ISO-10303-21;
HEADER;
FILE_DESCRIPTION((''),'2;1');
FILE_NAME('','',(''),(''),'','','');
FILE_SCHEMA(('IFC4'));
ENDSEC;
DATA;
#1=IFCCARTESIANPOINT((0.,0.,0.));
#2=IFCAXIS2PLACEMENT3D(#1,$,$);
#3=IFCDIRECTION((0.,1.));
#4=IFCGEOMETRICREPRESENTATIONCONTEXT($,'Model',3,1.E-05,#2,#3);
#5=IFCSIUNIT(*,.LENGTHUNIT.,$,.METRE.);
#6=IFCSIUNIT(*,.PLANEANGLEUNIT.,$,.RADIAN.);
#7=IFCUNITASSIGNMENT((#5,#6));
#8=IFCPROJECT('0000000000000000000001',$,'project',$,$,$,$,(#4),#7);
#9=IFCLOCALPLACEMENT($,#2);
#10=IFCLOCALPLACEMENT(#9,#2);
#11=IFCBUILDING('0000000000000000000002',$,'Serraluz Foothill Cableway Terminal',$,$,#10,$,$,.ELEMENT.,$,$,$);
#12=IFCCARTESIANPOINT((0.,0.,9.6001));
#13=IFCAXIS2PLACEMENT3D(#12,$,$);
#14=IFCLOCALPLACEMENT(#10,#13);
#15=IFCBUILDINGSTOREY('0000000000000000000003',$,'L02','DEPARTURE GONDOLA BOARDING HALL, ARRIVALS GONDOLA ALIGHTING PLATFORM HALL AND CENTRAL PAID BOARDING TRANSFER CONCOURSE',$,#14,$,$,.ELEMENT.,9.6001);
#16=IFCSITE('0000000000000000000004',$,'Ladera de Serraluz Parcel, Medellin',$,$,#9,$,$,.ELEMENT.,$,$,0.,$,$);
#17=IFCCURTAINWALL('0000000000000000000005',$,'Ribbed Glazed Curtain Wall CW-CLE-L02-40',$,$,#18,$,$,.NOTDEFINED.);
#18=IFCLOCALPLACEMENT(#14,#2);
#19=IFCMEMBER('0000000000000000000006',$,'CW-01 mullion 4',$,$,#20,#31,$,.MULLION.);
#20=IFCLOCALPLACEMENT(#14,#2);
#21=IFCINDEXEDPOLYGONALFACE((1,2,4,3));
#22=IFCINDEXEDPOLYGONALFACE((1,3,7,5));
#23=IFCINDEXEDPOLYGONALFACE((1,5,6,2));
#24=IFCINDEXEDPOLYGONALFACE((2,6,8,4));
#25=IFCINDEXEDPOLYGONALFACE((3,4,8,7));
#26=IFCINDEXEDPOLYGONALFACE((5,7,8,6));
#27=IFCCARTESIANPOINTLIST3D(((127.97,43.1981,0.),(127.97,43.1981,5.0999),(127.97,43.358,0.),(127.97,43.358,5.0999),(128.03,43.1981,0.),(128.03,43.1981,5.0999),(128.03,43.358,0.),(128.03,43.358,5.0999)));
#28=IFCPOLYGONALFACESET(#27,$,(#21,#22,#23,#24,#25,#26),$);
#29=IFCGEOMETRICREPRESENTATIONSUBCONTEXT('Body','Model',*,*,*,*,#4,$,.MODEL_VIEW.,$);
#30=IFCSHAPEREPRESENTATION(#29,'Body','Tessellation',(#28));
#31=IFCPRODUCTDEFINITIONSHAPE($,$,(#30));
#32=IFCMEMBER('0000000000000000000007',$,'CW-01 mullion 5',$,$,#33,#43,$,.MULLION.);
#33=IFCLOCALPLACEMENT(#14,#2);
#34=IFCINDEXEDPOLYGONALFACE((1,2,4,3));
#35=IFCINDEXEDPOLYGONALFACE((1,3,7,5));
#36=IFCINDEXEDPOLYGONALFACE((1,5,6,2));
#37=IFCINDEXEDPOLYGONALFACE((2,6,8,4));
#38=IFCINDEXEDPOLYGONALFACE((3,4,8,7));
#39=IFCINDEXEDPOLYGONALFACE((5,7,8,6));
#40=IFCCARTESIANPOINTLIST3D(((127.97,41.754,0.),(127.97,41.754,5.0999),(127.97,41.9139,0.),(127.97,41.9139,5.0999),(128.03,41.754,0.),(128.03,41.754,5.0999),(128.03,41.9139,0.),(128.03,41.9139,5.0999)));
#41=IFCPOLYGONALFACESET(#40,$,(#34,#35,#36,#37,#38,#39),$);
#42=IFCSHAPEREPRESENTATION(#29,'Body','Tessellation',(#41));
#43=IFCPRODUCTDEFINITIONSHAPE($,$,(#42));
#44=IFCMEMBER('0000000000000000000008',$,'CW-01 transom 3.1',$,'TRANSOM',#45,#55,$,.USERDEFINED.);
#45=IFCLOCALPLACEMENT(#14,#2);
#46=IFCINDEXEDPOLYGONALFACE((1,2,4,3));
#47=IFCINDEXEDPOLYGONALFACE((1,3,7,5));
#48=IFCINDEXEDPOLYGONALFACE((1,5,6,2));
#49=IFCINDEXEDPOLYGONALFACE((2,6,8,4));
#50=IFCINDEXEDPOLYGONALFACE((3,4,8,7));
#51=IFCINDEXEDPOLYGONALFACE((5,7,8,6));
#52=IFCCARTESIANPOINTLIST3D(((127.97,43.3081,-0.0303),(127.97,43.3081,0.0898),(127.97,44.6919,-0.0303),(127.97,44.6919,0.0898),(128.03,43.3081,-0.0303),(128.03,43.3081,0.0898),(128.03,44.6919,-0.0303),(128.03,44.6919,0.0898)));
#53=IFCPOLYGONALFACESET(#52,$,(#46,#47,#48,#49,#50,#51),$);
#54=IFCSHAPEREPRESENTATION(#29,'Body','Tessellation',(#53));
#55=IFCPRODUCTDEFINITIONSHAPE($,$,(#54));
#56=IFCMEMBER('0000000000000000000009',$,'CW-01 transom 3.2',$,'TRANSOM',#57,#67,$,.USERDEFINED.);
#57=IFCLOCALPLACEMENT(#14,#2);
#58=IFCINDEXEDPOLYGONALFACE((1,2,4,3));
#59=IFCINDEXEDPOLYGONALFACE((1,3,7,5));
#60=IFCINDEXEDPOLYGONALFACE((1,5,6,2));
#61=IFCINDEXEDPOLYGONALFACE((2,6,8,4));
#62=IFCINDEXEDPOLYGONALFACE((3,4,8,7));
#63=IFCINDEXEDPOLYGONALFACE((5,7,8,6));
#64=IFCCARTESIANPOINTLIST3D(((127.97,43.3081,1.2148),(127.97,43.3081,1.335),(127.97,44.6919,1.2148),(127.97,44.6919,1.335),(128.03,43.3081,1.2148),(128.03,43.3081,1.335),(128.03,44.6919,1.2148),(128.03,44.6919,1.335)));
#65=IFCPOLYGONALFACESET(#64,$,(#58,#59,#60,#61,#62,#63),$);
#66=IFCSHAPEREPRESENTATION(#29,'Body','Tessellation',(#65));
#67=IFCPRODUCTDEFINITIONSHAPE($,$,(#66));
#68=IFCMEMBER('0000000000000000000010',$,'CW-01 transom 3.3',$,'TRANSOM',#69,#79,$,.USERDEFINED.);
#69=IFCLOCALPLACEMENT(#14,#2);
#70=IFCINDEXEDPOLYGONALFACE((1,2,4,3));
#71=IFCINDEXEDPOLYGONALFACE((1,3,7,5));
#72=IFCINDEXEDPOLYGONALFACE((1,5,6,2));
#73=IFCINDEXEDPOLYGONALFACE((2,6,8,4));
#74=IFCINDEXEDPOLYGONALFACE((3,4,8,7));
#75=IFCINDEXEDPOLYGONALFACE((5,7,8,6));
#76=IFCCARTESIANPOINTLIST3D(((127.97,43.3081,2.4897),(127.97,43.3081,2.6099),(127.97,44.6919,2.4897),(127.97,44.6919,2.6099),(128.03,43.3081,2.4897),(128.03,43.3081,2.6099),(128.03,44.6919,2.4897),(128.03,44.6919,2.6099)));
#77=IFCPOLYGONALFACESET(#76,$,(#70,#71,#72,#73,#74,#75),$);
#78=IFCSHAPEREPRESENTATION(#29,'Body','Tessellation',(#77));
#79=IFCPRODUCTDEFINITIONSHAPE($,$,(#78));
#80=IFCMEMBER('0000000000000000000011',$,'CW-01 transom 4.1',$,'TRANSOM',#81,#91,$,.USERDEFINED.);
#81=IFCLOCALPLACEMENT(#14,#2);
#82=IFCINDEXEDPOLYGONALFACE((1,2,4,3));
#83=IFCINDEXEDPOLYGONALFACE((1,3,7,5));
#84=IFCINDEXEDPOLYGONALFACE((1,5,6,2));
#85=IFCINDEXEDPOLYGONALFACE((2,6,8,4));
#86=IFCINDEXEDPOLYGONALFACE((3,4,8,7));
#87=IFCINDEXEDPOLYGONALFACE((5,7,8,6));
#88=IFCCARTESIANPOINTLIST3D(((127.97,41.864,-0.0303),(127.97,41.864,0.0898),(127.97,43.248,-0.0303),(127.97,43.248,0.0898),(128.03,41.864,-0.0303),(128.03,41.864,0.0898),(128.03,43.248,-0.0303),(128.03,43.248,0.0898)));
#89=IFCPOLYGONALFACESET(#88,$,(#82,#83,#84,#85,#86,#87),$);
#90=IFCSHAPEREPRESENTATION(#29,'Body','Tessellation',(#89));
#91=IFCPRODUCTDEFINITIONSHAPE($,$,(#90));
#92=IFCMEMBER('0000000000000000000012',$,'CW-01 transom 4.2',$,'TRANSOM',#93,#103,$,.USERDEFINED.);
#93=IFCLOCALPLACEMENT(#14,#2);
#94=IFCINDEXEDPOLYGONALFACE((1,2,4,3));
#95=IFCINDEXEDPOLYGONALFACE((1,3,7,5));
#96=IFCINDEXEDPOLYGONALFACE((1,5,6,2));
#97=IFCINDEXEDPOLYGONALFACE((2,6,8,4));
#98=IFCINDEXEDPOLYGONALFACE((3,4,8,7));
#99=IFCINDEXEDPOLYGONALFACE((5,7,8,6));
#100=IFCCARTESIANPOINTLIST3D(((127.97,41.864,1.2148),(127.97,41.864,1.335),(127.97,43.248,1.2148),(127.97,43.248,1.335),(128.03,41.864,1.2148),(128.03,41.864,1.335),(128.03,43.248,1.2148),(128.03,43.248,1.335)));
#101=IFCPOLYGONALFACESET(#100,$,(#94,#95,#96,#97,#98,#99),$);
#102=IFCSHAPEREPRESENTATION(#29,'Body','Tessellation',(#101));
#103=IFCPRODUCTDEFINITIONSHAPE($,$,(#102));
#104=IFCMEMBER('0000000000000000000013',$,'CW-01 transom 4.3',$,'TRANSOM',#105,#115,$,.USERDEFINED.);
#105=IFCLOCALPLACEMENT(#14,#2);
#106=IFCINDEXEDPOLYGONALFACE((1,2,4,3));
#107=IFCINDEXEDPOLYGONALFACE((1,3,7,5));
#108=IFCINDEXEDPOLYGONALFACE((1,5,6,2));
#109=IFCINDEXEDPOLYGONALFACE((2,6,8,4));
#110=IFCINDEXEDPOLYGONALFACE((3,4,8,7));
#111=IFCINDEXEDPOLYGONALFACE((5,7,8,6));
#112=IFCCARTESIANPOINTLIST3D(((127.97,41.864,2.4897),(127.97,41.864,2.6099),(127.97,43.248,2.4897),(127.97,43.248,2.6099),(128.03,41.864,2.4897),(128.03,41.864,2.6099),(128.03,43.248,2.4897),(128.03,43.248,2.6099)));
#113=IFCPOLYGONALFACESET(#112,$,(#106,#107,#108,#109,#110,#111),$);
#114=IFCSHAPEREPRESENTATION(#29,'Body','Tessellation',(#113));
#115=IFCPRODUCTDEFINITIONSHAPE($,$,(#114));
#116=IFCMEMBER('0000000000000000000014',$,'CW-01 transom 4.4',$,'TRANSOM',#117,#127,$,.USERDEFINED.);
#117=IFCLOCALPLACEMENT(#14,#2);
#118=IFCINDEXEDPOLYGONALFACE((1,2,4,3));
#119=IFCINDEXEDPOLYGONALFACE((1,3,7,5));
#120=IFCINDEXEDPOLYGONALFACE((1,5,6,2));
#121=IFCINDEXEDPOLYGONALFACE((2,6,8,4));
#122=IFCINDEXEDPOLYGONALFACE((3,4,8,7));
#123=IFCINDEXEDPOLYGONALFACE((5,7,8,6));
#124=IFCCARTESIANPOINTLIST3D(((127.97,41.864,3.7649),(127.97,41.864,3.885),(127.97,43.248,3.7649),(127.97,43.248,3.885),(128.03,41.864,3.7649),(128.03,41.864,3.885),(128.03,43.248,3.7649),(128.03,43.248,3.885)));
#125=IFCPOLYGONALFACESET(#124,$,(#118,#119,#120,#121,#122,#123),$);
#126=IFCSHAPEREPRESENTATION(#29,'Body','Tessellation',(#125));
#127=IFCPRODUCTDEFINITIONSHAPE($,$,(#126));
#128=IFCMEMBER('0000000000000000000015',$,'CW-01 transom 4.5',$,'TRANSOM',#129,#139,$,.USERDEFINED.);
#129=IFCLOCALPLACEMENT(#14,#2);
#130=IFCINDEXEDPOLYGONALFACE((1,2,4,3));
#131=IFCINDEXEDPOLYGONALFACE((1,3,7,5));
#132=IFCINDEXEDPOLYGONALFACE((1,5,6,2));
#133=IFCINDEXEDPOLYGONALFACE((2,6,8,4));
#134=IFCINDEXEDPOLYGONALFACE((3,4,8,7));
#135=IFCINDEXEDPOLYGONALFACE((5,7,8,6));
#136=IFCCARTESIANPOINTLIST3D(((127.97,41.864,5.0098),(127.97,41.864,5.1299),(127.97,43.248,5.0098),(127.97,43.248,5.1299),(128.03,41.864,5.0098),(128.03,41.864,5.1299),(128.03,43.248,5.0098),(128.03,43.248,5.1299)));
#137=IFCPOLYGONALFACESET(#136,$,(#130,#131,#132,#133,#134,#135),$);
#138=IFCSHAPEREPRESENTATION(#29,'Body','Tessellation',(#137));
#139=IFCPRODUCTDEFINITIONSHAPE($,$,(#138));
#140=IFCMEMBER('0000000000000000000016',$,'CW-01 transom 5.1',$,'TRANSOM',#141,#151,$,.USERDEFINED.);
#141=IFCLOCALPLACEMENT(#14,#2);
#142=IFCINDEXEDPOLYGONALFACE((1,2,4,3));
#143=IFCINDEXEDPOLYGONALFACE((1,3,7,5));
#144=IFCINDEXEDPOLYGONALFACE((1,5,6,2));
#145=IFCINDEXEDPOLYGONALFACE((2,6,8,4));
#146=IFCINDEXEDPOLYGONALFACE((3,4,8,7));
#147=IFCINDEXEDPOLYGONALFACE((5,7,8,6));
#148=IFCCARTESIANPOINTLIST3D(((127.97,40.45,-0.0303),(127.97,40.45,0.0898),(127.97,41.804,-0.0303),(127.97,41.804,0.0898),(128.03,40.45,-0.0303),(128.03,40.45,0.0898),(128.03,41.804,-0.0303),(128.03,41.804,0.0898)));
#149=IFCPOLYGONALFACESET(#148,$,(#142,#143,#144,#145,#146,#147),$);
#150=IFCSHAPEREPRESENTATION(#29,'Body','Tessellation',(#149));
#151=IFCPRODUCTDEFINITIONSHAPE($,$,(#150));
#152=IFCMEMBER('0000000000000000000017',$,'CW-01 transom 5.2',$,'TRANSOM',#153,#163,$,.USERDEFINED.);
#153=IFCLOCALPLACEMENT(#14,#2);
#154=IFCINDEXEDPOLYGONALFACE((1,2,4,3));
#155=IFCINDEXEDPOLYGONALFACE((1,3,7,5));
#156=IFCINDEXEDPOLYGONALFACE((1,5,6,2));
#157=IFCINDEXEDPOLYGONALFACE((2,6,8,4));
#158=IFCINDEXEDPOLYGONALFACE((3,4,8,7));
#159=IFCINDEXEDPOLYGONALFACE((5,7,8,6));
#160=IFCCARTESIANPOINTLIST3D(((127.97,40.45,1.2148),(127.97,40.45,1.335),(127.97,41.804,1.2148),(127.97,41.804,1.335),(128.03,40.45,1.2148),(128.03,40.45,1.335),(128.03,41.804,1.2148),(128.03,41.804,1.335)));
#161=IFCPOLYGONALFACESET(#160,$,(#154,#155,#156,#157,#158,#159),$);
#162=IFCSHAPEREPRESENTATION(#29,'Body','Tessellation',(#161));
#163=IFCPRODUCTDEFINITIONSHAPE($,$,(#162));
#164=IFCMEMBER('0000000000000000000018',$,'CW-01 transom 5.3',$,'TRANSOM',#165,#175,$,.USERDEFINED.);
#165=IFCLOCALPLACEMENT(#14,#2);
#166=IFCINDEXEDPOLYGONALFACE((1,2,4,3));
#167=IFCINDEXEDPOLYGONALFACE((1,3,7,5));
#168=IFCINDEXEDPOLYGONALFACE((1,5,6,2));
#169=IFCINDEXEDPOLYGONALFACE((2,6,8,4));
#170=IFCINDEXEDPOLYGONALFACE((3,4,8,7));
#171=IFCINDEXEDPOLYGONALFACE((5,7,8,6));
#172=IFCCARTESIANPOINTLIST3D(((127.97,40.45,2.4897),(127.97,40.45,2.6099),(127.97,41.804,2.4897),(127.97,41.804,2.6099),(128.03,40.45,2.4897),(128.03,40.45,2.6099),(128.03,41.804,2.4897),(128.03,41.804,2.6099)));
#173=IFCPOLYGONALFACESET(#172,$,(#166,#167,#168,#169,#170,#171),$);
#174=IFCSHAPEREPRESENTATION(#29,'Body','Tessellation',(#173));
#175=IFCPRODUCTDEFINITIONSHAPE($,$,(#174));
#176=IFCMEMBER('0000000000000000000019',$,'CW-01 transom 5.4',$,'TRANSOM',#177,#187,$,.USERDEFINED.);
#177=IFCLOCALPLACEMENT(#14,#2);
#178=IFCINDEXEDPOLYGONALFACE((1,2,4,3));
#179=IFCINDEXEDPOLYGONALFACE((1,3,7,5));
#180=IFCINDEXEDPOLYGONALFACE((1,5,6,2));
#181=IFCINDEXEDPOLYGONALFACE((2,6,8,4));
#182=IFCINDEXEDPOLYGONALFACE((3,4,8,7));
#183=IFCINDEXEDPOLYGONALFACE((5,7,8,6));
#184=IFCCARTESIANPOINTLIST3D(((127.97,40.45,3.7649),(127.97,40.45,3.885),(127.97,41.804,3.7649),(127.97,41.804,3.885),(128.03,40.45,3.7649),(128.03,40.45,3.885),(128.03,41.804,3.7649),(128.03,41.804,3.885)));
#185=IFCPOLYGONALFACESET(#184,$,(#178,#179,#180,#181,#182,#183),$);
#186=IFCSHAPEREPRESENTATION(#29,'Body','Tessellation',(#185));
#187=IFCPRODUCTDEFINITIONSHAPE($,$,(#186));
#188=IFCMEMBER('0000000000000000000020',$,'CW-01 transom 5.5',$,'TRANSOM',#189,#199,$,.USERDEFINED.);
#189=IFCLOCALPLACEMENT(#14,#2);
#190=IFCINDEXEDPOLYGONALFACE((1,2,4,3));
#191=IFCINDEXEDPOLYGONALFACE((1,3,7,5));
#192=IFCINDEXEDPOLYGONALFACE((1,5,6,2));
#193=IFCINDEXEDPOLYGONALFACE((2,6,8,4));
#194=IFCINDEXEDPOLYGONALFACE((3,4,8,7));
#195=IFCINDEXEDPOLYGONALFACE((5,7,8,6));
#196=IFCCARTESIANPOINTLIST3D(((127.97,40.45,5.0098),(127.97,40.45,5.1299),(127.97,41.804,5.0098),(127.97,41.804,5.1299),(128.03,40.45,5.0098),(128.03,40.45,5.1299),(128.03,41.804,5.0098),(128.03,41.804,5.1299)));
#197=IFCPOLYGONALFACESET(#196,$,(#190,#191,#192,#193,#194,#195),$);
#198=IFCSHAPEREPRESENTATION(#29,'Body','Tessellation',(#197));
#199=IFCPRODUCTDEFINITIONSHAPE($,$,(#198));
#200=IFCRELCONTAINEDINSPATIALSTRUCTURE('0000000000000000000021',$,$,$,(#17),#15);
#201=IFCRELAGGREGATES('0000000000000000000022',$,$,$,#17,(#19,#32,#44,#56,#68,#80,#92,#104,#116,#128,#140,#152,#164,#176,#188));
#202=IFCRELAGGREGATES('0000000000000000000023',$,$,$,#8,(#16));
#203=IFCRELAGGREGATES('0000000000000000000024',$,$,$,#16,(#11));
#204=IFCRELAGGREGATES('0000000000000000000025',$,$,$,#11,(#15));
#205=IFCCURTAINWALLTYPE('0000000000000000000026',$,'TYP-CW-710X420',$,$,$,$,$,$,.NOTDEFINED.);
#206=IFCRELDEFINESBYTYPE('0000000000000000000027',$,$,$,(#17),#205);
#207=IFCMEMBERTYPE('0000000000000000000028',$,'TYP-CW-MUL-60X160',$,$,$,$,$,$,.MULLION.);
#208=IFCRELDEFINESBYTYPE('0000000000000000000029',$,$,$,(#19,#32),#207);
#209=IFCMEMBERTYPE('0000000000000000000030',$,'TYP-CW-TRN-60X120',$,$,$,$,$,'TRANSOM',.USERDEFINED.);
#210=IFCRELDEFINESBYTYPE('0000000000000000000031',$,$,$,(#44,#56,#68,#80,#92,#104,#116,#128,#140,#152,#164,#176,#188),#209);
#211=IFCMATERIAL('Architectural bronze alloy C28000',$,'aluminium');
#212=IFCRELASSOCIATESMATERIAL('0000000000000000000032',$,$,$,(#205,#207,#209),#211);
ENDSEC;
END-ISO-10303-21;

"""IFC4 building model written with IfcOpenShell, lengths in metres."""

from ifc_helpers import new_model, si_unit, direction, frame, origin, origin_2d, place, context, subcontext, project, spatial, rectangle, extrude, material, material_profile, profile_set, type_object, element, aggregate, save


model = new_model("IFC4")

# Units and contexts
model_context = context("Model", 3, precision=1e-05, world=origin(), true_north=direction((0.0, 1.0)))
body_context = subcontext(model_context, "Body", "Model", "MODEL_VIEW")
ifc_project = project(units=[si_unit("LENGTHUNIT", "METRE"), si_unit("PLANEANGLEUNIT", "RADIAN")], contexts=[model_context])

# Site, building, storey
site_placement = place(None, origin())
site = spatial("IfcSite", under=ifc_project, at=site_placement, Name="Ladera de Serraluz Parcel, Medellin", CompositionType="ELEMENT", RefElevation=0.0)
building_placement = place(site_placement, origin())
building = spatial("IfcBuilding", under=site, at=building_placement, Name="Serraluz Foothill Cableway Terminal", CompositionType="ELEMENT")
storey_placement = place(building_placement, frame((0.0, 0.0, 9.6001)))
storey = spatial("IfcBuildingStorey", under=building, at=storey_placement, Name="L02", Description="DEPARTURE GONDOLA BOARDING HALL, ARRIVALS GONDOLA ALIGHTING PLATFORM HALL AND CENTRAL PAID BOARDING TRANSFER CONCOURSE", CompositionType="ELEMENT", Elevation=9.6001)

# Curtain wall, members
ifc_material_1 = material(Name="Architectural bronze alloy C28000", Category="aluminium")
curtain_wall_type = type_object("IfcCurtainWallType", Name="TYP-CW-710X420", PredefinedType="NOTDEFINED", material=ifc_material_1)
curtain_wall_placement = place(storey_placement, origin())
curtain_wall = element("IfcCurtainWall", 1, at=curtain_wall_placement, inside=storey, type_object=curtain_wall_type, Name="Ribbed Glazed Curtain Wall CW-CLE-L02-40", PredefinedType="NOTDEFINED")
ifc_material_profile_1 = material_profile(ifc_material_1, rectangle(XDim=0.0601, YDim=0.1599, at=origin_2d()), Name="ALU MULLION 60x160")
ifc_profile_set_1 = profile_set([ifc_material_profile_1], Name="Architectural bronze alloy C28000")
member_type_1 = type_object("IfcMemberType", Name="TYP-CW-MUL-60X160", PredefinedType="MULLION", material=ifc_profile_set_1)
member_1_placement = place(storey_placement, frame((128.0, 43.2781, 0.0), z_axis=(0.0, 0.0, 1.0), x_axis=(1.0, 0.0, 0.0)))
member_1 = element("IfcMember", 2, at=member_1_placement, type_object=member_type_1, Name="CW-01 mullion 4", PredefinedType="MULLION", context=body_context, shape_type="SweptSolid", body=[
    extrude(rectangle(XDim=0.0601, YDim=0.1599, at=origin_2d()), origin(), (0.0, 0.0, 1.0), 5.0999),
])
member_2_placement = place(storey_placement, frame((128.0, 41.834, 0.0), z_axis=(0.0, 0.0, 1.0), x_axis=(1.0, 0.0, 0.0)))
member_2 = element("IfcMember", 3, at=member_2_placement, type_object=member_type_1, Name="CW-01 mullion 5", PredefinedType="MULLION", context=body_context, shape_type="SweptSolid", body=[
    extrude(rectangle(XDim=0.0601, YDim=0.1599, at=origin_2d()), origin(), (0.0, 0.0, 1.0), 5.0999),
])
ifc_material_profile_2 = material_profile(ifc_material_1, rectangle(XDim=0.0601, YDim=0.1201, at=origin_2d()), Name="ALU TRANSOM 60x120")
ifc_profile_set_2 = profile_set([ifc_material_profile_2], Name="Architectural bronze alloy C28000")
member_type_2 = type_object("IfcMemberType", Name="TYP-CW-TRN-60X120", ElementType="TRANSOM", PredefinedType="USERDEFINED", material=ifc_profile_set_2)
member_3_placement = place(storey_placement, frame((128.0, 44.6919, 0.0298), z_axis=(0.0, -1.0, 0.0), x_axis=(1.0, 0.0, 0.0)))
member_3 = element("IfcMember", 4, at=member_3_placement, type_object=member_type_2, Name="CW-01 transom 3.1", ObjectType="TRANSOM", PredefinedType="USERDEFINED", context=body_context, shape_type="SweptSolid", body=[
    extrude(rectangle(XDim=0.0601, YDim=0.1201, at=origin_2d()), origin(), (0.0, 0.0, 1.0), 1.3838),
])
member_4_placement = place(storey_placement, frame((128.0, 44.6919, 1.2749), z_axis=(0.0, -1.0, 0.0), x_axis=(1.0, 0.0, 0.0)))
member_4 = element("IfcMember", 5, at=member_4_placement, type_object=member_type_2, Name="CW-01 transom 3.2", ObjectType="TRANSOM", PredefinedType="USERDEFINED", context=body_context, shape_type="SweptSolid", body=[
    extrude(rectangle(XDim=0.0601, YDim=0.1201, at=origin_2d()), origin(), (0.0, 0.0, 1.0), 1.3838),
])
member_5_placement = place(storey_placement, frame((128.0, 44.6919, 2.5498), z_axis=(0.0, -1.0, 0.0), x_axis=(1.0, 0.0, 0.0)))
member_5 = element("IfcMember", 6, at=member_5_placement, type_object=member_type_2, Name="CW-01 transom 3.3", ObjectType="TRANSOM", PredefinedType="USERDEFINED", context=body_context, shape_type="SweptSolid", body=[
    extrude(rectangle(XDim=0.0601, YDim=0.1201, at=origin_2d()), origin(), (0.0, 0.0, 1.0), 1.3838),
])
member_6_placement = place(storey_placement, frame((128.0, 43.248, 0.0298), z_axis=(0.0, -1.0, 0.0), x_axis=(1.0, 0.0, 0.0)))
member_6 = element("IfcMember", 7, at=member_6_placement, type_object=member_type_2, Name="CW-01 transom 4.1", ObjectType="TRANSOM", PredefinedType="USERDEFINED", context=body_context, shape_type="SweptSolid", body=[
    extrude(rectangle(XDim=0.0601, YDim=0.1201, at=origin_2d()), origin(), (0.0, 0.0, 1.0), 1.384),
])
member_7_placement = place(storey_placement, frame((128.0, 43.248, 1.2749), z_axis=(0.0, -1.0, 0.0), x_axis=(1.0, 0.0, 0.0)))
member_7 = element("IfcMember", 8, at=member_7_placement, type_object=member_type_2, Name="CW-01 transom 4.2", ObjectType="TRANSOM", PredefinedType="USERDEFINED", context=body_context, shape_type="SweptSolid", body=[
    extrude(rectangle(XDim=0.0601, YDim=0.1201, at=origin_2d()), origin(), (0.0, 0.0, 1.0), 1.384),
])
member_8_placement = place(storey_placement, frame((128.0, 43.248, 2.5498), z_axis=(0.0, -1.0, 0.0), x_axis=(1.0, 0.0, 0.0)))
member_8 = element("IfcMember", 9, at=member_8_placement, type_object=member_type_2, Name="CW-01 transom 4.3", ObjectType="TRANSOM", PredefinedType="USERDEFINED", context=body_context, shape_type="SweptSolid", body=[
    extrude(rectangle(XDim=0.0601, YDim=0.1201, at=origin_2d()), origin(), (0.0, 0.0, 1.0), 1.384),
])
member_9_placement = place(storey_placement, frame((128.0, 43.248, 3.825), z_axis=(0.0, -1.0, 0.0), x_axis=(1.0, 0.0, 0.0)))
member_9 = element("IfcMember", 10, at=member_9_placement, type_object=member_type_2, Name="CW-01 transom 4.4", ObjectType="TRANSOM", PredefinedType="USERDEFINED", context=body_context, shape_type="SweptSolid", body=[
    extrude(rectangle(XDim=0.0601, YDim=0.1201, at=origin_2d()), origin(), (0.0, 0.0, 1.0), 1.384),
])
member_10_placement = place(storey_placement, frame((128.0, 43.248, 5.0698), z_axis=(0.0, -1.0, 0.0), x_axis=(1.0, 0.0, 0.0)))
member_10 = element("IfcMember", 11, at=member_10_placement, type_object=member_type_2, Name="CW-01 transom 4.5", ObjectType="TRANSOM", PredefinedType="USERDEFINED", context=body_context, shape_type="SweptSolid", body=[
    extrude(rectangle(XDim=0.0601, YDim=0.1201, at=origin_2d()), origin(), (0.0, 0.0, 1.0), 1.384),
])
member_11_placement = place(storey_placement, frame((128.0, 41.804, 0.0298), z_axis=(0.0, -1.0, 0.0), x_axis=(1.0, 0.0, 0.0)))
member_11 = element("IfcMember", 12, at=member_11_placement, type_object=member_type_2, Name="CW-01 transom 5.1", ObjectType="TRANSOM", PredefinedType="USERDEFINED", context=body_context, shape_type="SweptSolid", body=[
    extrude(rectangle(XDim=0.0601, YDim=0.1201, at=origin_2d()), origin(), (0.0, 0.0, 1.0), 1.354),
])
member_12_placement = place(storey_placement, frame((128.0, 41.804, 1.2749), z_axis=(0.0, -1.0, 0.0), x_axis=(1.0, 0.0, 0.0)))
member_12 = element("IfcMember", 13, at=member_12_placement, type_object=member_type_2, Name="CW-01 transom 5.2", ObjectType="TRANSOM", PredefinedType="USERDEFINED", context=body_context, shape_type="SweptSolid", body=[
    extrude(rectangle(XDim=0.0601, YDim=0.1201, at=origin_2d()), origin(), (0.0, 0.0, 1.0), 1.354),
])
member_13_placement = place(storey_placement, frame((128.0, 41.804, 2.5498), z_axis=(0.0, -1.0, 0.0), x_axis=(1.0, 0.0, 0.0)))
member_13 = element("IfcMember", 14, at=member_13_placement, type_object=member_type_2, Name="CW-01 transom 5.3", ObjectType="TRANSOM", PredefinedType="USERDEFINED", context=body_context, shape_type="SweptSolid", body=[
    extrude(rectangle(XDim=0.0601, YDim=0.1201, at=origin_2d()), origin(), (0.0, 0.0, 1.0), 1.354),
])
member_14_placement = place(storey_placement, frame((128.0, 41.804, 3.825), z_axis=(0.0, -1.0, 0.0), x_axis=(1.0, 0.0, 0.0)))
member_14 = element("IfcMember", 15, at=member_14_placement, type_object=member_type_2, Name="CW-01 transom 5.4", ObjectType="TRANSOM", PredefinedType="USERDEFINED", context=body_context, shape_type="SweptSolid", body=[
    extrude(rectangle(XDim=0.0601, YDim=0.1201, at=origin_2d()), origin(), (0.0, 0.0, 1.0), 1.354),
])
member_15_placement = place(storey_placement, frame((128.0, 41.804, 5.0698), z_axis=(0.0, -1.0, 0.0), x_axis=(1.0, 0.0, 0.0)))
member_15 = element("IfcMember", 16, at=member_15_placement, type_object=member_type_2, Name="CW-01 transom 5.5", ObjectType="TRANSOM", PredefinedType="USERDEFINED", context=body_context, shape_type="SweptSolid", body=[
    extrude(rectangle(XDim=0.0601, YDim=0.1201, at=origin_2d()), origin(), (0.0, 0.0, 1.0), 1.354),
])
aggregate(curtain_wall, [member_1, member_2, member_3, member_4, member_5, member_6, member_7, member_8, member_9, member_10, member_11, member_12, member_13, member_14, member_15])

save(model, "model.ifc")
